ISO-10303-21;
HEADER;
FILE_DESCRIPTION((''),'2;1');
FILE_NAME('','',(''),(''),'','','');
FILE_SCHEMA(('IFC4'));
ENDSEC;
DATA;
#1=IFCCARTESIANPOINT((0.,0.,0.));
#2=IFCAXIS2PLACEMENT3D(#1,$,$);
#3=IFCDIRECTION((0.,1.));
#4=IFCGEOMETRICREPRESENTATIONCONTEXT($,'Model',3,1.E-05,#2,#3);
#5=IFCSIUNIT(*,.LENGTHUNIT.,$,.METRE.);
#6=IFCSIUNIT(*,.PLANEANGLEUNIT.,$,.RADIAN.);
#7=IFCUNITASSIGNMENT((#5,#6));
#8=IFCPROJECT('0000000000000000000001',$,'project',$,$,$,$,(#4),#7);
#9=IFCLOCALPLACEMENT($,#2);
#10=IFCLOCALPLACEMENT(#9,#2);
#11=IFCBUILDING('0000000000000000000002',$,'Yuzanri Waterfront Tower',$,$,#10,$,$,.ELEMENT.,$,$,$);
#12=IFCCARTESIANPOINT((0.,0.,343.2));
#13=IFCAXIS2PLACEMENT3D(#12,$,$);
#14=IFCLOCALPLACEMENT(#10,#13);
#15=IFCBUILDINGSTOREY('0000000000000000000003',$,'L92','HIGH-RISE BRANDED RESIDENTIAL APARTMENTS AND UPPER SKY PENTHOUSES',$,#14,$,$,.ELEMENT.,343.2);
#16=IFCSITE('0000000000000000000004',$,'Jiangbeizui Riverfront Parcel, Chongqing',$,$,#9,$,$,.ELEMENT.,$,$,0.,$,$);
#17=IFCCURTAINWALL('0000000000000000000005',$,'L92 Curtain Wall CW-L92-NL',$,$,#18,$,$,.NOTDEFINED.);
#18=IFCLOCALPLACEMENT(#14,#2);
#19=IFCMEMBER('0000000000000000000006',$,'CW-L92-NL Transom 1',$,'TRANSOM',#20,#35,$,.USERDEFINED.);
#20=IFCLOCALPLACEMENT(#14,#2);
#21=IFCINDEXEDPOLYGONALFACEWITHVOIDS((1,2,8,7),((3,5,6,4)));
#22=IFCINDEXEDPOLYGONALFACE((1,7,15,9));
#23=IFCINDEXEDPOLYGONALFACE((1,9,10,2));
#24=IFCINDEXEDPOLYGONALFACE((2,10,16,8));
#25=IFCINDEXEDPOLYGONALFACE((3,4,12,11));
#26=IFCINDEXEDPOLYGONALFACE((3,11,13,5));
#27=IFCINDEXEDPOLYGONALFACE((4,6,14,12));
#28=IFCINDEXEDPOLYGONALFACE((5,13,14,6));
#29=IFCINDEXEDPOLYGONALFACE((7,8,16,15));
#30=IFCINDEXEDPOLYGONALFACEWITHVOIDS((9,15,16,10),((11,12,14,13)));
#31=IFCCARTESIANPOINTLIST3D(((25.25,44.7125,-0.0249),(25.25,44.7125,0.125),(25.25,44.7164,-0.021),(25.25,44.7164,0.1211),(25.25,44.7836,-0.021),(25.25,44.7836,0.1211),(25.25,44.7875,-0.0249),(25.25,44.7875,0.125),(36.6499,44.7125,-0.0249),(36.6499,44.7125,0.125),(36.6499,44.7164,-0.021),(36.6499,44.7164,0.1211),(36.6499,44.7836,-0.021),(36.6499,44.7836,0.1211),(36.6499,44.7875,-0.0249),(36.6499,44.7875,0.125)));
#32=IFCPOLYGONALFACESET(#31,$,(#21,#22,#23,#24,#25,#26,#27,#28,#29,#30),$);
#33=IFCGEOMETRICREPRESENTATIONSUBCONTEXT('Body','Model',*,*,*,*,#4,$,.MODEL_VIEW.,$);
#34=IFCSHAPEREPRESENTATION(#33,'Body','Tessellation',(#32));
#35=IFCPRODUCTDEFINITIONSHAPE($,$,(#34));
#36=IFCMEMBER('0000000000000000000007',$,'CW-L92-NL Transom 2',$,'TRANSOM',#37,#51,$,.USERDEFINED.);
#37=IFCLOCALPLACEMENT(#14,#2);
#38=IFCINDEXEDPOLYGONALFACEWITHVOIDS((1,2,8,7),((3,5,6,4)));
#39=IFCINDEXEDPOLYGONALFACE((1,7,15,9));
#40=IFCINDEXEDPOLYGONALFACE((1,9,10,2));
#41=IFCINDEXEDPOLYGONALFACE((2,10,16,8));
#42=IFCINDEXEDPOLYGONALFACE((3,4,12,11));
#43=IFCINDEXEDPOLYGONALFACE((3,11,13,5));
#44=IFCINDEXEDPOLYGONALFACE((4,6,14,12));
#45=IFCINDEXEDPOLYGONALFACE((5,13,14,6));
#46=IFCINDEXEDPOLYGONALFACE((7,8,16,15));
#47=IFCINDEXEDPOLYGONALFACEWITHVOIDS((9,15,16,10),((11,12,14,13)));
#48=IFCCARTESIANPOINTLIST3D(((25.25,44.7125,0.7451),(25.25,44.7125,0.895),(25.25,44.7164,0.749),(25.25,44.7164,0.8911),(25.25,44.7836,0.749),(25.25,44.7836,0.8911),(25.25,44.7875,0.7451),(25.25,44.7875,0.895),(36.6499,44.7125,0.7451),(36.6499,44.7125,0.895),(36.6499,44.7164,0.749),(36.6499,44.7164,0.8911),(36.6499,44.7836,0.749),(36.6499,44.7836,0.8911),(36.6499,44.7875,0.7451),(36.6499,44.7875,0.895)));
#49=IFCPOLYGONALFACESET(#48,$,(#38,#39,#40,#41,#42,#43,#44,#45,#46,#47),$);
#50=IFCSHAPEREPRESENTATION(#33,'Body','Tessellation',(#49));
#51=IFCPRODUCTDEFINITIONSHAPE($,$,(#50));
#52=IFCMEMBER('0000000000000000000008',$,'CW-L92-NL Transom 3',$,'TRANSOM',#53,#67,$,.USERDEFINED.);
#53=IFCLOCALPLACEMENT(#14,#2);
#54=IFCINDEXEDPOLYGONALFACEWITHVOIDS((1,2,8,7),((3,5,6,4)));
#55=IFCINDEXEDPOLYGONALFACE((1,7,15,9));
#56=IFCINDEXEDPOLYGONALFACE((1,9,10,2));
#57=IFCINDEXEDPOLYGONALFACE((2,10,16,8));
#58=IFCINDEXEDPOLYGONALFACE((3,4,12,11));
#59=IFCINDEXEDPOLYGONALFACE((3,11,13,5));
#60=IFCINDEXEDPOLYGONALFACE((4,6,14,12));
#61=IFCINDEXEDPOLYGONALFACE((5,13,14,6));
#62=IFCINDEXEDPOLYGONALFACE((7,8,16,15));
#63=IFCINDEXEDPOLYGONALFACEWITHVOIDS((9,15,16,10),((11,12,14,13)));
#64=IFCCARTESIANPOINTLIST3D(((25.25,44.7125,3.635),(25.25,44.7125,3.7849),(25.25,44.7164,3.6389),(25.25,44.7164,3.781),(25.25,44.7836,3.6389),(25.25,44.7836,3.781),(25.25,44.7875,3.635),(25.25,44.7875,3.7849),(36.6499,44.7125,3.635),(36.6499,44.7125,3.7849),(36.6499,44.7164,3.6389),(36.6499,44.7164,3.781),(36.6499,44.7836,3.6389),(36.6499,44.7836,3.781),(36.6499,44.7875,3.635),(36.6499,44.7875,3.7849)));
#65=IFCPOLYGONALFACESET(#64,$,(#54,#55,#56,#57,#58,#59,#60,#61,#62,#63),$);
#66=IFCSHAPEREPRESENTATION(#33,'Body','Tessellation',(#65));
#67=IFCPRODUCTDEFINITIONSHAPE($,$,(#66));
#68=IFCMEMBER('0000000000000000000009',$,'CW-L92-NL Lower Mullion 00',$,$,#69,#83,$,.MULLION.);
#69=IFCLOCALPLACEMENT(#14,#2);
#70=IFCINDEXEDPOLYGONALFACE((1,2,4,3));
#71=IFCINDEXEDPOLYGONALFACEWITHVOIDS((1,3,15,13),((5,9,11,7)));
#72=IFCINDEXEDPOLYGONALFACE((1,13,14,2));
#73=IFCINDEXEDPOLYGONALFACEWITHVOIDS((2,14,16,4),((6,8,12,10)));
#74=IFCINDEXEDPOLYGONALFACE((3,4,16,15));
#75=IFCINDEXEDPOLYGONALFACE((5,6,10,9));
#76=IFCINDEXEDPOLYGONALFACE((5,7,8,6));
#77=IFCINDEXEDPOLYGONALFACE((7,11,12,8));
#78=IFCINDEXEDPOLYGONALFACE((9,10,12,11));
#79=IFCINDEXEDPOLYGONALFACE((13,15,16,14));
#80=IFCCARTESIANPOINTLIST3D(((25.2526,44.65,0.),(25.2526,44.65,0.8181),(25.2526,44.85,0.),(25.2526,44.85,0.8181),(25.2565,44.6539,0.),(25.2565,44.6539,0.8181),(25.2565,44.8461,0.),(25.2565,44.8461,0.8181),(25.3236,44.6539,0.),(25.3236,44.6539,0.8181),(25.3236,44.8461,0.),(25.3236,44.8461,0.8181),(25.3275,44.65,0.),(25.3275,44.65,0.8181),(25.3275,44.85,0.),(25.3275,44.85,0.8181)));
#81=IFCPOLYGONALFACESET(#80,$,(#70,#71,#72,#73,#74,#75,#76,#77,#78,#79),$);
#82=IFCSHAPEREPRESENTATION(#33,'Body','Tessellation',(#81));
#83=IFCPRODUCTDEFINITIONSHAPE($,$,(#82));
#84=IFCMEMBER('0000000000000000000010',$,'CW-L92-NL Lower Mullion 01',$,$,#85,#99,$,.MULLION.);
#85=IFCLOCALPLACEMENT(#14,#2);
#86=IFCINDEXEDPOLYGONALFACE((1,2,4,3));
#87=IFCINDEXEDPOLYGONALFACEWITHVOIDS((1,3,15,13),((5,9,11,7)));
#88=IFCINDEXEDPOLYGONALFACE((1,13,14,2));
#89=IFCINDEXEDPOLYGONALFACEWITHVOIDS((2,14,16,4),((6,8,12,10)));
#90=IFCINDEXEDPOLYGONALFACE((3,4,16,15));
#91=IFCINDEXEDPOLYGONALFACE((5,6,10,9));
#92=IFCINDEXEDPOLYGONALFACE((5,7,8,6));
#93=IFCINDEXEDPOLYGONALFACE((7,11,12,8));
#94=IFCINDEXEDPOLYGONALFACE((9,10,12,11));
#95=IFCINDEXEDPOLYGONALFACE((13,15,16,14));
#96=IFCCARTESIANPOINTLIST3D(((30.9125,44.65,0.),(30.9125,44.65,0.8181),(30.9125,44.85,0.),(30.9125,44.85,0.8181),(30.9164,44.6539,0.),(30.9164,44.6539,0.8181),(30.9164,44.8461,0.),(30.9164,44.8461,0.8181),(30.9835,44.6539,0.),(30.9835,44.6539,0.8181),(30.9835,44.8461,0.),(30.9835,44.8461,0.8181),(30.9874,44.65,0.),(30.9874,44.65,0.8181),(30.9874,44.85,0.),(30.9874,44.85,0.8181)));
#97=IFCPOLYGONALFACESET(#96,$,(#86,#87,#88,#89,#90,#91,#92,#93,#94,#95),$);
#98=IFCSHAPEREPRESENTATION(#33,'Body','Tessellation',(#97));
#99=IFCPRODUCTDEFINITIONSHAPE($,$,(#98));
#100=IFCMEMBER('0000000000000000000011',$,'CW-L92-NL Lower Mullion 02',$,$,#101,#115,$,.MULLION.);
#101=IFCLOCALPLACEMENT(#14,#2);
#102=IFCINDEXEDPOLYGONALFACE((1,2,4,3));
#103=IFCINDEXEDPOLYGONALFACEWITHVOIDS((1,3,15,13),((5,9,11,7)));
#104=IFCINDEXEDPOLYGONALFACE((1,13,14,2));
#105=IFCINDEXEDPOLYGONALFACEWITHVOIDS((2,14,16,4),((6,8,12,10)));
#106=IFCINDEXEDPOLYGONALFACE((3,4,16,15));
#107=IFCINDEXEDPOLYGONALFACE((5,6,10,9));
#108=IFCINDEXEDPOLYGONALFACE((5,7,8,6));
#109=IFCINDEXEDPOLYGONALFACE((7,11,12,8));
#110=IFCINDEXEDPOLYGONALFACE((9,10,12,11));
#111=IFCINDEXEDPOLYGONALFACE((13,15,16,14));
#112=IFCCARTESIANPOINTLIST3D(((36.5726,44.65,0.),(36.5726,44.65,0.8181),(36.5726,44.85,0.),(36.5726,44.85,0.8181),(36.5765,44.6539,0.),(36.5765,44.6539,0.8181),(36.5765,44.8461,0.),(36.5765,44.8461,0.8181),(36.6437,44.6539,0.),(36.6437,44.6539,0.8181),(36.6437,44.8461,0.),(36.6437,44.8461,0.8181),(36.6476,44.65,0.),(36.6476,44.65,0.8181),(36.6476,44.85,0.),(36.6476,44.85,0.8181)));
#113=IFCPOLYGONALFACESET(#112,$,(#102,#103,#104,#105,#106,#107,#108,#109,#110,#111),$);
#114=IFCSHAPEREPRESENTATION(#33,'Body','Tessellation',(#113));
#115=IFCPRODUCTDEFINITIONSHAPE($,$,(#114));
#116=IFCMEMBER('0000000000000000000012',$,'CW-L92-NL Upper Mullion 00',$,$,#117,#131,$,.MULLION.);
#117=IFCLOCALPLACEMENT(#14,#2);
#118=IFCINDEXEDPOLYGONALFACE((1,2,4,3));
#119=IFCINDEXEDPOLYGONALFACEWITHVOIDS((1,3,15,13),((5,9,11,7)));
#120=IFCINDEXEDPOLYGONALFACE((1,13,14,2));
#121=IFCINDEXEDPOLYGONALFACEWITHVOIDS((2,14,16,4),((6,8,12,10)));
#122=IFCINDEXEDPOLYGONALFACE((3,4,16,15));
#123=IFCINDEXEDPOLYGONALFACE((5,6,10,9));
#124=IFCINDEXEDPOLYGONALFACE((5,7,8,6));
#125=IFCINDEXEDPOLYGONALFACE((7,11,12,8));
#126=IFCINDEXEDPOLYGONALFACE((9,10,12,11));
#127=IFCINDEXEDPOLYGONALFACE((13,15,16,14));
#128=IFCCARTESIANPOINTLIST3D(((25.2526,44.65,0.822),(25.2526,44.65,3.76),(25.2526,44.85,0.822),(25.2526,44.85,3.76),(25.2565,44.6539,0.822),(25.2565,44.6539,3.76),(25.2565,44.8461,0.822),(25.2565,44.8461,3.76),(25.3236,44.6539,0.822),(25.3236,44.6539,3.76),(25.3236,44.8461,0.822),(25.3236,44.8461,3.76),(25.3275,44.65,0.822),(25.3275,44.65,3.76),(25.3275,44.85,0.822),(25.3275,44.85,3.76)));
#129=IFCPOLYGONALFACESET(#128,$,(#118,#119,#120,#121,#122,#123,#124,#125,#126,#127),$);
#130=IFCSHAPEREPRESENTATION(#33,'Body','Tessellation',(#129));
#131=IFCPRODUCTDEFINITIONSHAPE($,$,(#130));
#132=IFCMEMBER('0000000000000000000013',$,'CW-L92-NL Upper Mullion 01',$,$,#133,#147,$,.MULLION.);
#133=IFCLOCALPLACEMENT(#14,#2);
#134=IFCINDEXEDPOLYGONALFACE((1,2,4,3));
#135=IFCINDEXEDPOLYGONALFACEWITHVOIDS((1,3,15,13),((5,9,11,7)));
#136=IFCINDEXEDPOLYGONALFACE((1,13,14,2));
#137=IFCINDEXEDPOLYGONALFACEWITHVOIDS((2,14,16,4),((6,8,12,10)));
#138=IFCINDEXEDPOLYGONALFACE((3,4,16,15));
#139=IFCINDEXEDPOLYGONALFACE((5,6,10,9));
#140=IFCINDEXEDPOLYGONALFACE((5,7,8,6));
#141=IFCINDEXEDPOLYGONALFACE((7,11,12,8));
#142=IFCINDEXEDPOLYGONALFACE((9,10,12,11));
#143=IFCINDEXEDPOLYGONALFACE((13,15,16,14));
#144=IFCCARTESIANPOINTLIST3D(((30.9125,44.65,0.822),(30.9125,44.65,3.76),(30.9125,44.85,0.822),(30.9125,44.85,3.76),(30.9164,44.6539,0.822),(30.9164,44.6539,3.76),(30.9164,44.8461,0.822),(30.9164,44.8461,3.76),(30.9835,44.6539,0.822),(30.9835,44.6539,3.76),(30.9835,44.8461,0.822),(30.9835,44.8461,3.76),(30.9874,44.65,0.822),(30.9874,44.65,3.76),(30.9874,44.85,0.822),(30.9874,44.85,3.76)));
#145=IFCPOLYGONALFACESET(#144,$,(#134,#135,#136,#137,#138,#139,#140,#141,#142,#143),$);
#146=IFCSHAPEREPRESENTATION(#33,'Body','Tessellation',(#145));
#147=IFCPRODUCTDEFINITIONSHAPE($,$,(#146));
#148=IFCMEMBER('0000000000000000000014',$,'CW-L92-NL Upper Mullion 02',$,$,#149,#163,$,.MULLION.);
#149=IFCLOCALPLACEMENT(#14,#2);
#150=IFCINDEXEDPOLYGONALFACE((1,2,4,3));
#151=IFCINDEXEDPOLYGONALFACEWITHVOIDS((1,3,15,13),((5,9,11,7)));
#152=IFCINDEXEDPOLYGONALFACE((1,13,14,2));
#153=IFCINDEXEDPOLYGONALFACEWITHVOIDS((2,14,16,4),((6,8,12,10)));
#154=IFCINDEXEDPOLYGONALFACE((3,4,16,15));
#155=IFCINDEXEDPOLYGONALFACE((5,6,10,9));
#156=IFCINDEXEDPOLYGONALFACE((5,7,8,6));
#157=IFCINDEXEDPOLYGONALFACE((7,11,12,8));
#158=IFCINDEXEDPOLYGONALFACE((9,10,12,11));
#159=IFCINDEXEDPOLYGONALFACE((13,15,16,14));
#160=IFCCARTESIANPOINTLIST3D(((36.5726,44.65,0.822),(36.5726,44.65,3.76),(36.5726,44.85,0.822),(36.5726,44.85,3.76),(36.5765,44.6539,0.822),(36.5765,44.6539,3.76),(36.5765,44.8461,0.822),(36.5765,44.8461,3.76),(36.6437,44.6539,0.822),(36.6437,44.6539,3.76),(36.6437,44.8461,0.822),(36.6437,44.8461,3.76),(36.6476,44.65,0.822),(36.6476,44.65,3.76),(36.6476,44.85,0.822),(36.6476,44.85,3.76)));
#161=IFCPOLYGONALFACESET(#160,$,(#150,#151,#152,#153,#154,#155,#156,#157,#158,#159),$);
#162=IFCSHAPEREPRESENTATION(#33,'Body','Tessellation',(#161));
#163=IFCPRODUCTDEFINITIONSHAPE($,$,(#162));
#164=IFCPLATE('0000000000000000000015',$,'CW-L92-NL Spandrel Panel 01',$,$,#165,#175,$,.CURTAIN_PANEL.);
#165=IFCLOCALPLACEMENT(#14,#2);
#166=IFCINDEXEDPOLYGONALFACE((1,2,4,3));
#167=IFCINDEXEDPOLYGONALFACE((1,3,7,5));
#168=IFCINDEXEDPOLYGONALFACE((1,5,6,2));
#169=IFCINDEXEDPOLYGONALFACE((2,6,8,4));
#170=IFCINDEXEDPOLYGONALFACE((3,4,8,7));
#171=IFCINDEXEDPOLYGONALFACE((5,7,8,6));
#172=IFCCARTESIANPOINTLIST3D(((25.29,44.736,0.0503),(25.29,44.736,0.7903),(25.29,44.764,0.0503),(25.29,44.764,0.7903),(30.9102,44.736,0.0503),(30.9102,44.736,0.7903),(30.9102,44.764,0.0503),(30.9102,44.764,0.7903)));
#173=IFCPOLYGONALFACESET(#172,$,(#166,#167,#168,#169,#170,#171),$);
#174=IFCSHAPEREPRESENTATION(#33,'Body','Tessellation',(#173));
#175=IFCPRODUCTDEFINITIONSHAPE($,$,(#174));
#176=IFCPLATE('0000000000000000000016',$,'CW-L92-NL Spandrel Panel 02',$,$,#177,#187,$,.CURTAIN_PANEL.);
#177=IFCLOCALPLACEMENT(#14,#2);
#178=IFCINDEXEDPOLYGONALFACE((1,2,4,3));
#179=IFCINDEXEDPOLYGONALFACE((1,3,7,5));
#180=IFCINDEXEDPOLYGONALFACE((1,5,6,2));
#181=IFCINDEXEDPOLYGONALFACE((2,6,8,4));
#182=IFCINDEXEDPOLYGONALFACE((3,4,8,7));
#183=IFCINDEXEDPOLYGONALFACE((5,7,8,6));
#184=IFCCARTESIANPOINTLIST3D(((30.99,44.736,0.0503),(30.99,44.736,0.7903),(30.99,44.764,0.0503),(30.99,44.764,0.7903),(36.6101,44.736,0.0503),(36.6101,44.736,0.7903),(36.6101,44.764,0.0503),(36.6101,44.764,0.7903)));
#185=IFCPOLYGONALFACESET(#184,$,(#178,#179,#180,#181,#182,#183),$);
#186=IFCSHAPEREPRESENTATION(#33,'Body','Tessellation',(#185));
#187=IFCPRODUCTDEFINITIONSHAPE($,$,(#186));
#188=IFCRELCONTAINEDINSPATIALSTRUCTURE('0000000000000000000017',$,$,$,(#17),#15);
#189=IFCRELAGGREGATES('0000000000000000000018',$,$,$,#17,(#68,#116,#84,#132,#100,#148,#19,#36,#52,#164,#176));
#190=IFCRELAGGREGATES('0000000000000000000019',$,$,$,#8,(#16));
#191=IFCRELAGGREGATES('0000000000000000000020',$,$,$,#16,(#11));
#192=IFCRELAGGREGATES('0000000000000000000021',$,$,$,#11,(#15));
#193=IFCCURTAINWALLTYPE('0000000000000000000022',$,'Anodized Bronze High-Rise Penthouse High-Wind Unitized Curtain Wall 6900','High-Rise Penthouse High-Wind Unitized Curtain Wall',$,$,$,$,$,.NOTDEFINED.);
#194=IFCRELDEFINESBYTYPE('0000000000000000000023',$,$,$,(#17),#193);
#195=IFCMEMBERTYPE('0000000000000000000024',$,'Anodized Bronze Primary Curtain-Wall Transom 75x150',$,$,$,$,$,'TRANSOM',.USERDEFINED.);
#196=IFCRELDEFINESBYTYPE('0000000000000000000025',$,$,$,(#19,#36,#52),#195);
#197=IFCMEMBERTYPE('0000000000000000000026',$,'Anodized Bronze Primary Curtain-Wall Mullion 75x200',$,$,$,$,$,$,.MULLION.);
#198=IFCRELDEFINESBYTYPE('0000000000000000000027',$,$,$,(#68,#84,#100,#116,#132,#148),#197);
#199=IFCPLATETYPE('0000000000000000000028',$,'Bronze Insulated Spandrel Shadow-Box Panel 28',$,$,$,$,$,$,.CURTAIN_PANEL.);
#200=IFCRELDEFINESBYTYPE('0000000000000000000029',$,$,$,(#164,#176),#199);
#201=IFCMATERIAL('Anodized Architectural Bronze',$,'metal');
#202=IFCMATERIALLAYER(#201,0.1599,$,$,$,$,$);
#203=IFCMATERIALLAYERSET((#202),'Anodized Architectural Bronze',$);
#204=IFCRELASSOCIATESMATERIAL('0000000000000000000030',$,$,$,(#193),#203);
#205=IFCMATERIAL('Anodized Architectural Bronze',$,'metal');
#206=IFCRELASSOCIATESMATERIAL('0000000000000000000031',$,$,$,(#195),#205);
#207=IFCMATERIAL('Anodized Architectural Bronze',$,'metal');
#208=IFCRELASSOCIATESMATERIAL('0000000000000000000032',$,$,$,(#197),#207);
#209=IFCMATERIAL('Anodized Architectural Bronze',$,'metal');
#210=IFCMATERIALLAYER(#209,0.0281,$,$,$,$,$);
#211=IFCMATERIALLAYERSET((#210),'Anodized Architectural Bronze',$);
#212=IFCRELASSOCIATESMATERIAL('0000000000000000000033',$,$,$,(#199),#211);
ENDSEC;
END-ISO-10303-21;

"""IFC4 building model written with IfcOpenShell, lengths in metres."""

from ifc_helpers import new_model, si_unit, direction, frame, origin, origin_2d, place, context, subcontext, project, spatial, rectangle, hollow_rectangle, extrude, source, transform, mapped, material, layer, layer_set, material_profile, profile_set, type_object, element, aggregate, save


model = new_model("IFC4")

# Units and contexts
model_context = context("Model", 3, precision=1e-05, world=origin(), true_north=direction((0.0, 1.0)))
body_context = subcontext(model_context, "Body", "Model", "MODEL_VIEW")
ifc_project = project(units=[si_unit("LENGTHUNIT", "METRE"), si_unit("PLANEANGLEUNIT", "RADIAN")], contexts=[model_context])

# Site, building, storey
site_placement = place(None, origin())
site = spatial("IfcSite", under=ifc_project, at=site_placement, Name="Jiangbeizui Riverfront Parcel, Chongqing", CompositionType="ELEMENT", RefElevation=0.0)
building_placement = place(site_placement, origin())
building = spatial("IfcBuilding", under=site, at=building_placement, Name="Yuzanri Waterfront Tower", CompositionType="ELEMENT")
storey_placement = place(building_placement, frame((0.0, 0.0, 343.2)))
storey = spatial("IfcBuildingStorey", under=building, at=storey_placement, Name="L92", Description="HIGH-RISE BRANDED RESIDENTIAL APARTMENTS AND UPPER SKY PENTHOUSES", CompositionType="ELEMENT", Elevation=343.2)

# Curtain wall, members, plates
ifc_material_1 = material(Name="Anodized Architectural Bronze", Category="metal")
ifc_layer_1 = layer(ifc_material_1, 0.1599)
ifc_layer_set_1 = layer_set([ifc_layer_1], Name="Anodized Architectural Bronze")
curtain_wall_type = type_object("IfcCurtainWallType", Name="Anodized Bronze High-Rise Penthouse High-Wind Unitized Curtain Wall 6900", Description="High-Rise Penthouse High-Wind Unitized Curtain Wall", PredefinedType="NOTDEFINED", material=ifc_layer_set_1)
curtain_wall_placement = place(storey_placement, origin())
curtain_wall = element("IfcCurtainWall", 1, at=curtain_wall_placement, inside=storey, type_object=curtain_wall_type, Name="L92 Curtain Wall CW-L92-NL", PredefinedType="NOTDEFINED")
ifc_material_2 = material(Name="Anodized Architectural Bronze", Category="metal")
ifc_material_profile_1 = material_profile(ifc_material_2, hollow_rectangle(XDim=0.075, YDim=0.1499, WallThickness=0.0039, at=origin_2d()), Name="CWT 75x150")
ifc_profile_set_1 = profile_set([ifc_material_profile_1], Name="Anodized Architectural Bronze")
member_type_1 = type_object("IfcMemberType", Name="Anodized Bronze Primary Curtain-Wall Transom 75x150", ElementType="TRANSOM", PredefinedType="USERDEFINED", material=ifc_profile_set_1)
shared_shape_1 = source(origin(), body_context, "Body", "SweptSolid", [
    extrude(hollow_rectangle(XDim=0.075, YDim=0.1499, WallThickness=0.0039, at=origin_2d()), origin(), (0.0, 0.0, 1.0), 11.3999),
])
member_1_placement = place(storey_placement, frame((25.25, 44.75, 0.05), z_axis=(1.0, 0.0, 0.0), x_axis=(0.0, 1.0, 0.0)))
member_1 = element("IfcMember", 2, at=member_1_placement, type_object=member_type_1, Name="CW-L92-NL Transom 1", ObjectType="TRANSOM", PredefinedType="USERDEFINED", context=body_context, shape_type="MappedRepresentation", body=[
    mapped(shared_shape_1, transform((0.0, 0.0, 0.0), scale=1.0)),
])
member_2_placement = place(storey_placement, frame((25.25, 44.75, 0.8201), z_axis=(1.0, 0.0, 0.0), x_axis=(0.0, 1.0, 0.0)))
member_2 = element("IfcMember", 3, at=member_2_placement, type_object=member_type_1, Name="CW-L92-NL Transom 2", ObjectType="TRANSOM", PredefinedType="USERDEFINED", context=body_context, shape_type="MappedRepresentation", body=[
    mapped(shared_shape_1, transform((0.0, 0.0, 0.0), scale=1.0)),
])
member_3_placement = place(storey_placement, frame((25.25, 44.75, 3.71), z_axis=(1.0, 0.0, 0.0), x_axis=(0.0, 1.0, 0.0)))
member_3 = element("IfcMember", 4, at=member_3_placement, type_object=member_type_1, Name="CW-L92-NL Transom 3", ObjectType="TRANSOM", PredefinedType="USERDEFINED", context=body_context, shape_type="MappedRepresentation", body=[
    mapped(shared_shape_1, transform((0.0, 0.0, 0.0), scale=1.0)),
])
ifc_material_3 = material(Name="Anodized Architectural Bronze", Category="metal")
ifc_material_profile_2 = material_profile(ifc_material_3, hollow_rectangle(XDim=0.075, YDim=0.2, WallThickness=0.0039, at=origin_2d()), Name="CWM 75x200")
ifc_profile_set_2 = profile_set([ifc_material_profile_2], Name="Anodized Architectural Bronze")
member_type_2 = type_object("IfcMemberType", Name="Anodized Bronze Primary Curtain-Wall Mullion 75x200", PredefinedType="MULLION", material=ifc_profile_set_2)
shared_shape_2 = source(origin(), body_context, "Body", "SweptSolid", [
    extrude(hollow_rectangle(XDim=0.075, YDim=0.2, WallThickness=0.0039, at=origin_2d()), origin(), (0.0, 0.0, 1.0), 0.8181),
])
member_4_placement = place(storey_placement, frame((25.29, 44.75, 0.0), z_axis=(0.0, 0.0, 1.0), x_axis=(1.0, 0.0, 0.0)))
member_4 = element("IfcMember", 5, at=member_4_placement, type_object=member_type_2, Name="CW-L92-NL Lower Mullion 00", PredefinedType="MULLION", context=body_context, shape_type="MappedRepresentation", body=[
    mapped(shared_shape_2, transform((0.0, 0.0, 0.0), scale=1.0)),
])
member_5_placement = place(storey_placement, frame((30.95, 44.75, 0.0), z_axis=(0.0, 0.0, 1.0), x_axis=(1.0, 0.0, 0.0)))
member_5 = element("IfcMember", 6, at=member_5_placement, type_object=member_type_2, Name="CW-L92-NL Lower Mullion 01", PredefinedType="MULLION", context=body_context, shape_type="MappedRepresentation", body=[
    mapped(shared_shape_2, transform((0.0, 0.0, 0.0), scale=1.0)),
])
member_6_placement = place(storey_placement, frame((36.6101, 44.75, 0.0), z_axis=(0.0, 0.0, 1.0), x_axis=(1.0, 0.0, 0.0)))
member_6 = element("IfcMember", 7, at=member_6_placement, type_object=member_type_2, Name="CW-L92-NL Lower Mullion 02", PredefinedType="MULLION", context=body_context, shape_type="MappedRepresentation", body=[
    mapped(shared_shape_2, transform((0.0, 0.0, 0.0), scale=1.0)),
])
shared_shape_3 = source(origin(), body_context, "Body", "SweptSolid", [
    extrude(hollow_rectangle(XDim=0.075, YDim=0.2, WallThickness=0.0039, at=origin_2d()), origin(), (0.0, 0.0, 1.0), 2.938),
])
member_7_placement = place(storey_placement, frame((25.29, 44.75, 0.822), z_axis=(0.0, 0.0, 1.0), x_axis=(1.0, 0.0, 0.0)))
member_7 = element("IfcMember", 8, at=member_7_placement, type_object=member_type_2, Name="CW-L92-NL Upper Mullion 00", PredefinedType="MULLION", context=body_context, shape_type="MappedRepresentation", body=[
    mapped(shared_shape_3, transform((0.0, 0.0, 0.0), scale=1.0)),
])
member_8_placement = place(storey_placement, frame((30.95, 44.75, 0.822), z_axis=(0.0, 0.0, 1.0), x_axis=(1.0, 0.0, 0.0)))
member_8 = element("IfcMember", 9, at=member_8_placement, type_object=member_type_2, Name="CW-L92-NL Upper Mullion 01", PredefinedType="MULLION", context=body_context, shape_type="MappedRepresentation", body=[
    mapped(shared_shape_3, transform((0.0, 0.0, 0.0), scale=1.0)),
])
member_9_placement = place(storey_placement, frame((36.6101, 44.75, 0.822), z_axis=(0.0, 0.0, 1.0), x_axis=(1.0, 0.0, 0.0)))
member_9 = element("IfcMember", 10, at=member_9_placement, type_object=member_type_2, Name="CW-L92-NL Upper Mullion 02", PredefinedType="MULLION", context=body_context, shape_type="MappedRepresentation", body=[
    mapped(shared_shape_3, transform((0.0, 0.0, 0.0), scale=1.0)),
])
ifc_material_4 = material(Name="Anodized Architectural Bronze", Category="metal")
ifc_layer_2 = layer(ifc_material_4, 0.0281)
ifc_layer_set_2 = layer_set([ifc_layer_2], Name="Anodized Architectural Bronze")
plate_type_1 = type_object("IfcPlateType", Name="Bronze Insulated Spandrel Shadow-Box Panel 28", PredefinedType="CURTAIN_PANEL", material=ifc_layer_set_2)
shared_shape_4 = source(origin(), body_context, "Body", "SweptSolid", [
    extrude(rectangle(XDim=5.6201, YDim=0.0281, at=origin_2d()), origin(), (0.0, 0.0, 1.0), 0.74),
])
plate_1_placement = place(storey_placement, frame((28.1001, 44.75, 0.0503), z_axis=(0.0, 0.0, 1.0), x_axis=(1.0, 0.0, 0.0)))
plate_1 = element("IfcPlate", 11, at=plate_1_placement, type_object=plate_type_1, Name="CW-L92-NL Spandrel Panel 01", PredefinedType="CURTAIN_PANEL", context=body_context, shape_type="MappedRepresentation", body=[
    mapped(shared_shape_4, transform((0.0, 0.0, 0.0), scale=1.0)),
])
plate_2_placement = place(storey_placement, frame((33.8, 44.75, 0.0503), z_axis=(0.0, 0.0, 1.0), x_axis=(1.0, 0.0, 0.0)))
plate_2 = element("IfcPlate", 12, at=plate_2_placement, type_object=plate_type_1, Name="CW-L92-NL Spandrel Panel 02", PredefinedType="CURTAIN_PANEL", context=body_context, shape_type="MappedRepresentation", body=[
    mapped(shared_shape_4, transform((0.0, 0.0, 0.0), scale=1.0)),
])
aggregate(curtain_wall, [member_4, member_7, member_5, member_8, member_6, member_9, member_1, member_2, member_3, plate_1, plate_2])

save(model, "model.ifc")
